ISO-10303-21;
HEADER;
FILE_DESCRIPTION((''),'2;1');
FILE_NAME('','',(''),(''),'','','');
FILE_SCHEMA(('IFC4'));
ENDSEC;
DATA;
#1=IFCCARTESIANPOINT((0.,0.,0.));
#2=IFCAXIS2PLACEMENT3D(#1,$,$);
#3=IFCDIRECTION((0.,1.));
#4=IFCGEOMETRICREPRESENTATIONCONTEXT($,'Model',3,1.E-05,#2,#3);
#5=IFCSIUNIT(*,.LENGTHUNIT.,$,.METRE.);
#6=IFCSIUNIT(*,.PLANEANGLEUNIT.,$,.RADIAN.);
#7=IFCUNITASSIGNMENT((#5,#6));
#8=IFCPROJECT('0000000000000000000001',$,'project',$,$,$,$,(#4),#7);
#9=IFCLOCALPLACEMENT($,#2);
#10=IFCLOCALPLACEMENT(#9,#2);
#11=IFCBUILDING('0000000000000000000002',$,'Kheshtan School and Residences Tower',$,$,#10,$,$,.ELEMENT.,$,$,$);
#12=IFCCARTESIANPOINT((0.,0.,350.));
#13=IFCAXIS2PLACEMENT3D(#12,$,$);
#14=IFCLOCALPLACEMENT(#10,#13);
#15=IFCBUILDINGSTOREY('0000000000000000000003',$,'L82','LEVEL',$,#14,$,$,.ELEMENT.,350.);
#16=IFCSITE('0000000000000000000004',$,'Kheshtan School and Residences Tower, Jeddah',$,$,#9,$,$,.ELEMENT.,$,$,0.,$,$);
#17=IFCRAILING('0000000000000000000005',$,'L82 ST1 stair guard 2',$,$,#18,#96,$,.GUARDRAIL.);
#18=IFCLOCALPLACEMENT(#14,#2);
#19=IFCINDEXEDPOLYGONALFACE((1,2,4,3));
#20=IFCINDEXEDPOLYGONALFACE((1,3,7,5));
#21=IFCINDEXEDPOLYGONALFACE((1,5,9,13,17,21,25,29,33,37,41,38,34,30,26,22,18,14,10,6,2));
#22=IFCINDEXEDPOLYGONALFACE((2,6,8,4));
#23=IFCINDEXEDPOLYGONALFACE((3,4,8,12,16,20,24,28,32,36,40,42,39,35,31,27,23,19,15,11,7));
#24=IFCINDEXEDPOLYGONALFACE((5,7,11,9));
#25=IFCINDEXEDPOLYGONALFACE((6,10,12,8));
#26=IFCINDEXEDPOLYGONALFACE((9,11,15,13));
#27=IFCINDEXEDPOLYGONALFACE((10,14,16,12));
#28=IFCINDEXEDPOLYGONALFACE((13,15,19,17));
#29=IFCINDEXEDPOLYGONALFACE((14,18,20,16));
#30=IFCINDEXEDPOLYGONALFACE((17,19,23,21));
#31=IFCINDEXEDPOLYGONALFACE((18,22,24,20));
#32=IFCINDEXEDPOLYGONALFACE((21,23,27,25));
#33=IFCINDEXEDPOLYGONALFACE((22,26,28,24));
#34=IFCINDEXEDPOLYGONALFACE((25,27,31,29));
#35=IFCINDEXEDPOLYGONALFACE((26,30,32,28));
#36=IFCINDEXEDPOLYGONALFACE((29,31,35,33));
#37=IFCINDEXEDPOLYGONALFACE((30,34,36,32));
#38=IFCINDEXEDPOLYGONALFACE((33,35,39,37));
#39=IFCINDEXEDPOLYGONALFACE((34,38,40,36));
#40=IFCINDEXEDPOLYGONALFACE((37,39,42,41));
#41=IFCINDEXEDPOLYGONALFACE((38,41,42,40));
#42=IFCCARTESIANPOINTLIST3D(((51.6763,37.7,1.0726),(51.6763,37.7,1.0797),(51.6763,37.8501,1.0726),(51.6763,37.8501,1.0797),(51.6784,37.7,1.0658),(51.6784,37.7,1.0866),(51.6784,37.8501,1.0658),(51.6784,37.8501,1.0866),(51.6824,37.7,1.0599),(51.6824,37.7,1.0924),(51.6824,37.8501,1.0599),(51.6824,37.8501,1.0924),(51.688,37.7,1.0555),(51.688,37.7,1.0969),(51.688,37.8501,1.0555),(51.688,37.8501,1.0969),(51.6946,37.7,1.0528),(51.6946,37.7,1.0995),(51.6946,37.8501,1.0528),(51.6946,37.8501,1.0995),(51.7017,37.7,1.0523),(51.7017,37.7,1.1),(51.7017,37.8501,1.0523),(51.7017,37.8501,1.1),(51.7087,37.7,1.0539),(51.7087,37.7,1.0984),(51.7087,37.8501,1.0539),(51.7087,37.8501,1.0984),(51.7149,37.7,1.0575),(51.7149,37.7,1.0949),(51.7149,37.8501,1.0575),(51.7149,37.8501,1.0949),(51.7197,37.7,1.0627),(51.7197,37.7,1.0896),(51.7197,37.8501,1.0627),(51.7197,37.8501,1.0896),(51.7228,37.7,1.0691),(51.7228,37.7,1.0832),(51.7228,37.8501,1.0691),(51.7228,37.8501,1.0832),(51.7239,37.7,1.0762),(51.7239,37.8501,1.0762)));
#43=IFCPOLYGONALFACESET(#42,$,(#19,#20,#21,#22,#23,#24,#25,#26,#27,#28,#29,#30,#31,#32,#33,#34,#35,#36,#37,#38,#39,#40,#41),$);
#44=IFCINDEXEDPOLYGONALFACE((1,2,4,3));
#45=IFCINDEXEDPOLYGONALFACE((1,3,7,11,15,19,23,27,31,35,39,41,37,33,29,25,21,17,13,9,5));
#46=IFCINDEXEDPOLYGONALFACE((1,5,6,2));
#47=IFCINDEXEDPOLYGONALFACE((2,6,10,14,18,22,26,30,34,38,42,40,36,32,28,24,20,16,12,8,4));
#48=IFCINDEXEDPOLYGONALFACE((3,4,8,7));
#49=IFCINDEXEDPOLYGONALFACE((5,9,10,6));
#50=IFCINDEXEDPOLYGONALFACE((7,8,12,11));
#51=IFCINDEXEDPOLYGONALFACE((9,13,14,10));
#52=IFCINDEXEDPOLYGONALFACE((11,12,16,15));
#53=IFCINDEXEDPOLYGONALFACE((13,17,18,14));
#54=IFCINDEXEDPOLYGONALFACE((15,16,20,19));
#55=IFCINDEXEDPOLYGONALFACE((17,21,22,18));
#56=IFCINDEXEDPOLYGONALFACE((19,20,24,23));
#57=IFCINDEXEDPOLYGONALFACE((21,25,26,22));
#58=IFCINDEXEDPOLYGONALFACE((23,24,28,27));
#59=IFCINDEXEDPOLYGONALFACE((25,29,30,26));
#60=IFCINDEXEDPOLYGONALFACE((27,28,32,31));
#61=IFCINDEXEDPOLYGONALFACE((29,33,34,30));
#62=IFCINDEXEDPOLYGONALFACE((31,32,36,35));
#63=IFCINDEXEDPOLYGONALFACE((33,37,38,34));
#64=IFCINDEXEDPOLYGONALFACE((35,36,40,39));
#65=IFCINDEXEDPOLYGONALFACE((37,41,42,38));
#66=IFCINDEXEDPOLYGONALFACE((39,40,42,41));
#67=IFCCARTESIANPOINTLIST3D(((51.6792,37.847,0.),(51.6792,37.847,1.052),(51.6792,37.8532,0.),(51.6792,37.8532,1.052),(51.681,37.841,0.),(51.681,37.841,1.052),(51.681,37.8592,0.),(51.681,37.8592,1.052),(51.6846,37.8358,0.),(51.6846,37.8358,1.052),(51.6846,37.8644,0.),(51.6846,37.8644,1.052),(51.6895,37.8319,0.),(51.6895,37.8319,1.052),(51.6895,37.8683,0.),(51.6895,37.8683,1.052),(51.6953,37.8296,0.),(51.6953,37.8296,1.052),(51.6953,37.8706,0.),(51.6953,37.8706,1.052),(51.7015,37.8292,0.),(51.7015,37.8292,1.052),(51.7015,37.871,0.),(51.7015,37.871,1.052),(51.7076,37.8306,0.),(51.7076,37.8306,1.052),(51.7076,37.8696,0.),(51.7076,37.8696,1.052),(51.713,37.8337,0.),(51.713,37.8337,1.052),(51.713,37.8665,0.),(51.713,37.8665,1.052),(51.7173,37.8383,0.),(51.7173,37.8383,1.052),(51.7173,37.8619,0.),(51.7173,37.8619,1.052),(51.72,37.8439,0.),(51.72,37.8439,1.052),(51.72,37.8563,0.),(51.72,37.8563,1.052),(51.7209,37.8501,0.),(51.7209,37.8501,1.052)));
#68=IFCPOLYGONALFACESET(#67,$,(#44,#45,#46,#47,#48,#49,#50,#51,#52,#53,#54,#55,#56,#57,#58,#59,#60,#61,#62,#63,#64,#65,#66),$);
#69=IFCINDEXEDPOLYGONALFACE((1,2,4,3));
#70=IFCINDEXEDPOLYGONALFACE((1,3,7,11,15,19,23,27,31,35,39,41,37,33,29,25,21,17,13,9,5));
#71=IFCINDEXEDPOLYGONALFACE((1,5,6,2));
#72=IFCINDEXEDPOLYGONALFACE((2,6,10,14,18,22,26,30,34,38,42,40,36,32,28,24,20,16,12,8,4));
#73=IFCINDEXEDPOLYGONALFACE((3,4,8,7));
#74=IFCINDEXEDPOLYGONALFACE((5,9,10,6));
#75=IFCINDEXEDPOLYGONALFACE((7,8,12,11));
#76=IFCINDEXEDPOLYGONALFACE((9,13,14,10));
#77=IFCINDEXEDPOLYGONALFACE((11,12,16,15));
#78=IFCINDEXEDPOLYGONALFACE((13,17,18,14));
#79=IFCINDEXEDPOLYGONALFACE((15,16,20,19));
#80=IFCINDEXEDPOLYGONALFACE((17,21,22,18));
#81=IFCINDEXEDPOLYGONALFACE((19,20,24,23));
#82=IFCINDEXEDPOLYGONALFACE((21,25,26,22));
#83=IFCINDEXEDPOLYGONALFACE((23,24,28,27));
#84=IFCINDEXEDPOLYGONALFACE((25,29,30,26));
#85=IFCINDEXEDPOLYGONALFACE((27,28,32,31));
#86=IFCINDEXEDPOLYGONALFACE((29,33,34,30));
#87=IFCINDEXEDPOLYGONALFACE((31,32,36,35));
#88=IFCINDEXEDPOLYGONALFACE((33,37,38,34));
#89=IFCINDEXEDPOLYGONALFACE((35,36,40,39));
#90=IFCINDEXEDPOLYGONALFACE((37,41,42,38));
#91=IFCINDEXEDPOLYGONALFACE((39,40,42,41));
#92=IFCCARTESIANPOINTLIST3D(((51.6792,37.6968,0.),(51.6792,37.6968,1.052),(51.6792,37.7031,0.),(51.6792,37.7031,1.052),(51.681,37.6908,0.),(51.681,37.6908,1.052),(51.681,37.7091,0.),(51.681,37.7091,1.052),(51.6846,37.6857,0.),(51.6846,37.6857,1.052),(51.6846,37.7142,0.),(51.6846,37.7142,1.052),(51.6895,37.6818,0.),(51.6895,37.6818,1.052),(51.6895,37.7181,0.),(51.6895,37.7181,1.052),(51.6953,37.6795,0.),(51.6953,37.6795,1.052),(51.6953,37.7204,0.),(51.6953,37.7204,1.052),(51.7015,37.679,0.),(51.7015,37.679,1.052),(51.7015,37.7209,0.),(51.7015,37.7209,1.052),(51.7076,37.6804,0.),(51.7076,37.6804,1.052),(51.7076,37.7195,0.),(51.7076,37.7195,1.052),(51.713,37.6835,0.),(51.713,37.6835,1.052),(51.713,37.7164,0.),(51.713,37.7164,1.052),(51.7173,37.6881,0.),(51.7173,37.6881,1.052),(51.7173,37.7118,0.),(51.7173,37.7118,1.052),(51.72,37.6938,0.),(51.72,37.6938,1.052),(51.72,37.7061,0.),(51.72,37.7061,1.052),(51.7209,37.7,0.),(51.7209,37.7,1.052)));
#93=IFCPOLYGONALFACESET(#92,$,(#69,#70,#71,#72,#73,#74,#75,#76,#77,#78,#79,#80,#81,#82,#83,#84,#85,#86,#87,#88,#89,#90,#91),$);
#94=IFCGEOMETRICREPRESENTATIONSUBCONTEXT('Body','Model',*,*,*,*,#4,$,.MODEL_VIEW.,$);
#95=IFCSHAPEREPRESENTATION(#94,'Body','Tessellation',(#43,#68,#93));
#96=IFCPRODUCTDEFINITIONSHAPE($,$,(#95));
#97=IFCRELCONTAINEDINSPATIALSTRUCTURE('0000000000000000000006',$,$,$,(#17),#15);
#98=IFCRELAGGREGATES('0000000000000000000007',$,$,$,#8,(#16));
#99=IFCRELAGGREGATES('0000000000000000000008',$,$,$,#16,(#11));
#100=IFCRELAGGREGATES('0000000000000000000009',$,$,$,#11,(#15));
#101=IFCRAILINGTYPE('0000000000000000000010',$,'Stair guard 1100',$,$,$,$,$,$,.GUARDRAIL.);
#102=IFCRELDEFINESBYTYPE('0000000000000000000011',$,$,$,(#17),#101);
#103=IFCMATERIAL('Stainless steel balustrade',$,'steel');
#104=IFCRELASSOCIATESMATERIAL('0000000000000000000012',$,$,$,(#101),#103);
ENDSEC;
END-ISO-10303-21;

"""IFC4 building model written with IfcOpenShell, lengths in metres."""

from ifc_helpers import new_model, si_unit, direction, frame, origin, origin_2d, place, context, subcontext, project, spatial, circle, extrude, material, type_object, element, save


model = new_model("IFC4")

# Units and contexts
model_context = context("Model", 3, precision=1e-05, world=origin(), true_north=direction((0.0, 1.0)))
body_context = subcontext(model_context, "Body", "Model", "MODEL_VIEW")
ifc_project = project(units=[si_unit("LENGTHUNIT", "METRE"), si_unit("PLANEANGLEUNIT", "RADIAN")], contexts=[model_context])

# Site, building, storey
site_placement = place(None, origin())
site = spatial("IfcSite", under=ifc_project, at=site_placement, Name="Kheshtan School and Residences Tower, Jeddah", CompositionType="ELEMENT", RefElevation=0.0)
building_placement = place(site_placement, origin())
building = spatial("IfcBuilding", under=site, at=building_placement, Name="Kheshtan School and Residences Tower", CompositionType="ELEMENT")
storey_placement = place(building_placement, frame((0.0, 0.0, 350.0)))
storey = spatial("IfcBuildingStorey", under=building, at=storey_placement, Name="L82", Description="LEVEL", CompositionType="ELEMENT", Elevation=350.0)

# Railing
ifc_material_1 = material(Name="Stainless steel balustrade", Category="steel")
railing_type_1 = type_object("IfcRailingType", Name="Stair guard 1100", PredefinedType="GUARDRAIL", material=ifc_material_1)
railing_1_placement = place(storey_placement, frame((51.7, 37.8501, 0.0)))
element("IfcRailing", 1, at=railing_1_placement, inside=storey, type_object=railing_type_1, Name="L82 ST1 stair guard 2", PredefinedType="GUARDRAIL", context=body_context, shape_type="SweptSolid", body=[
    extrude(circle(Radius=0.0239, at=origin_2d()), frame((0.0, 0.0, 1.0762), z_axis=(0.0, -1.0, 0.0), x_axis=(1.0, 0.0, 0.0)), (0.0, 0.0, 1.0), 0.1501),
    extrude(circle(Radius=0.021, at=origin_2d()), origin(), (0.0, 0.0, 1.0), 1.052),
    extrude(circle(Radius=0.021, at=origin_2d()), frame((0.0, -0.1501, 0.0)), (0.0, 0.0, 1.0), 1.052),
])

save(model, "model.ifc")
